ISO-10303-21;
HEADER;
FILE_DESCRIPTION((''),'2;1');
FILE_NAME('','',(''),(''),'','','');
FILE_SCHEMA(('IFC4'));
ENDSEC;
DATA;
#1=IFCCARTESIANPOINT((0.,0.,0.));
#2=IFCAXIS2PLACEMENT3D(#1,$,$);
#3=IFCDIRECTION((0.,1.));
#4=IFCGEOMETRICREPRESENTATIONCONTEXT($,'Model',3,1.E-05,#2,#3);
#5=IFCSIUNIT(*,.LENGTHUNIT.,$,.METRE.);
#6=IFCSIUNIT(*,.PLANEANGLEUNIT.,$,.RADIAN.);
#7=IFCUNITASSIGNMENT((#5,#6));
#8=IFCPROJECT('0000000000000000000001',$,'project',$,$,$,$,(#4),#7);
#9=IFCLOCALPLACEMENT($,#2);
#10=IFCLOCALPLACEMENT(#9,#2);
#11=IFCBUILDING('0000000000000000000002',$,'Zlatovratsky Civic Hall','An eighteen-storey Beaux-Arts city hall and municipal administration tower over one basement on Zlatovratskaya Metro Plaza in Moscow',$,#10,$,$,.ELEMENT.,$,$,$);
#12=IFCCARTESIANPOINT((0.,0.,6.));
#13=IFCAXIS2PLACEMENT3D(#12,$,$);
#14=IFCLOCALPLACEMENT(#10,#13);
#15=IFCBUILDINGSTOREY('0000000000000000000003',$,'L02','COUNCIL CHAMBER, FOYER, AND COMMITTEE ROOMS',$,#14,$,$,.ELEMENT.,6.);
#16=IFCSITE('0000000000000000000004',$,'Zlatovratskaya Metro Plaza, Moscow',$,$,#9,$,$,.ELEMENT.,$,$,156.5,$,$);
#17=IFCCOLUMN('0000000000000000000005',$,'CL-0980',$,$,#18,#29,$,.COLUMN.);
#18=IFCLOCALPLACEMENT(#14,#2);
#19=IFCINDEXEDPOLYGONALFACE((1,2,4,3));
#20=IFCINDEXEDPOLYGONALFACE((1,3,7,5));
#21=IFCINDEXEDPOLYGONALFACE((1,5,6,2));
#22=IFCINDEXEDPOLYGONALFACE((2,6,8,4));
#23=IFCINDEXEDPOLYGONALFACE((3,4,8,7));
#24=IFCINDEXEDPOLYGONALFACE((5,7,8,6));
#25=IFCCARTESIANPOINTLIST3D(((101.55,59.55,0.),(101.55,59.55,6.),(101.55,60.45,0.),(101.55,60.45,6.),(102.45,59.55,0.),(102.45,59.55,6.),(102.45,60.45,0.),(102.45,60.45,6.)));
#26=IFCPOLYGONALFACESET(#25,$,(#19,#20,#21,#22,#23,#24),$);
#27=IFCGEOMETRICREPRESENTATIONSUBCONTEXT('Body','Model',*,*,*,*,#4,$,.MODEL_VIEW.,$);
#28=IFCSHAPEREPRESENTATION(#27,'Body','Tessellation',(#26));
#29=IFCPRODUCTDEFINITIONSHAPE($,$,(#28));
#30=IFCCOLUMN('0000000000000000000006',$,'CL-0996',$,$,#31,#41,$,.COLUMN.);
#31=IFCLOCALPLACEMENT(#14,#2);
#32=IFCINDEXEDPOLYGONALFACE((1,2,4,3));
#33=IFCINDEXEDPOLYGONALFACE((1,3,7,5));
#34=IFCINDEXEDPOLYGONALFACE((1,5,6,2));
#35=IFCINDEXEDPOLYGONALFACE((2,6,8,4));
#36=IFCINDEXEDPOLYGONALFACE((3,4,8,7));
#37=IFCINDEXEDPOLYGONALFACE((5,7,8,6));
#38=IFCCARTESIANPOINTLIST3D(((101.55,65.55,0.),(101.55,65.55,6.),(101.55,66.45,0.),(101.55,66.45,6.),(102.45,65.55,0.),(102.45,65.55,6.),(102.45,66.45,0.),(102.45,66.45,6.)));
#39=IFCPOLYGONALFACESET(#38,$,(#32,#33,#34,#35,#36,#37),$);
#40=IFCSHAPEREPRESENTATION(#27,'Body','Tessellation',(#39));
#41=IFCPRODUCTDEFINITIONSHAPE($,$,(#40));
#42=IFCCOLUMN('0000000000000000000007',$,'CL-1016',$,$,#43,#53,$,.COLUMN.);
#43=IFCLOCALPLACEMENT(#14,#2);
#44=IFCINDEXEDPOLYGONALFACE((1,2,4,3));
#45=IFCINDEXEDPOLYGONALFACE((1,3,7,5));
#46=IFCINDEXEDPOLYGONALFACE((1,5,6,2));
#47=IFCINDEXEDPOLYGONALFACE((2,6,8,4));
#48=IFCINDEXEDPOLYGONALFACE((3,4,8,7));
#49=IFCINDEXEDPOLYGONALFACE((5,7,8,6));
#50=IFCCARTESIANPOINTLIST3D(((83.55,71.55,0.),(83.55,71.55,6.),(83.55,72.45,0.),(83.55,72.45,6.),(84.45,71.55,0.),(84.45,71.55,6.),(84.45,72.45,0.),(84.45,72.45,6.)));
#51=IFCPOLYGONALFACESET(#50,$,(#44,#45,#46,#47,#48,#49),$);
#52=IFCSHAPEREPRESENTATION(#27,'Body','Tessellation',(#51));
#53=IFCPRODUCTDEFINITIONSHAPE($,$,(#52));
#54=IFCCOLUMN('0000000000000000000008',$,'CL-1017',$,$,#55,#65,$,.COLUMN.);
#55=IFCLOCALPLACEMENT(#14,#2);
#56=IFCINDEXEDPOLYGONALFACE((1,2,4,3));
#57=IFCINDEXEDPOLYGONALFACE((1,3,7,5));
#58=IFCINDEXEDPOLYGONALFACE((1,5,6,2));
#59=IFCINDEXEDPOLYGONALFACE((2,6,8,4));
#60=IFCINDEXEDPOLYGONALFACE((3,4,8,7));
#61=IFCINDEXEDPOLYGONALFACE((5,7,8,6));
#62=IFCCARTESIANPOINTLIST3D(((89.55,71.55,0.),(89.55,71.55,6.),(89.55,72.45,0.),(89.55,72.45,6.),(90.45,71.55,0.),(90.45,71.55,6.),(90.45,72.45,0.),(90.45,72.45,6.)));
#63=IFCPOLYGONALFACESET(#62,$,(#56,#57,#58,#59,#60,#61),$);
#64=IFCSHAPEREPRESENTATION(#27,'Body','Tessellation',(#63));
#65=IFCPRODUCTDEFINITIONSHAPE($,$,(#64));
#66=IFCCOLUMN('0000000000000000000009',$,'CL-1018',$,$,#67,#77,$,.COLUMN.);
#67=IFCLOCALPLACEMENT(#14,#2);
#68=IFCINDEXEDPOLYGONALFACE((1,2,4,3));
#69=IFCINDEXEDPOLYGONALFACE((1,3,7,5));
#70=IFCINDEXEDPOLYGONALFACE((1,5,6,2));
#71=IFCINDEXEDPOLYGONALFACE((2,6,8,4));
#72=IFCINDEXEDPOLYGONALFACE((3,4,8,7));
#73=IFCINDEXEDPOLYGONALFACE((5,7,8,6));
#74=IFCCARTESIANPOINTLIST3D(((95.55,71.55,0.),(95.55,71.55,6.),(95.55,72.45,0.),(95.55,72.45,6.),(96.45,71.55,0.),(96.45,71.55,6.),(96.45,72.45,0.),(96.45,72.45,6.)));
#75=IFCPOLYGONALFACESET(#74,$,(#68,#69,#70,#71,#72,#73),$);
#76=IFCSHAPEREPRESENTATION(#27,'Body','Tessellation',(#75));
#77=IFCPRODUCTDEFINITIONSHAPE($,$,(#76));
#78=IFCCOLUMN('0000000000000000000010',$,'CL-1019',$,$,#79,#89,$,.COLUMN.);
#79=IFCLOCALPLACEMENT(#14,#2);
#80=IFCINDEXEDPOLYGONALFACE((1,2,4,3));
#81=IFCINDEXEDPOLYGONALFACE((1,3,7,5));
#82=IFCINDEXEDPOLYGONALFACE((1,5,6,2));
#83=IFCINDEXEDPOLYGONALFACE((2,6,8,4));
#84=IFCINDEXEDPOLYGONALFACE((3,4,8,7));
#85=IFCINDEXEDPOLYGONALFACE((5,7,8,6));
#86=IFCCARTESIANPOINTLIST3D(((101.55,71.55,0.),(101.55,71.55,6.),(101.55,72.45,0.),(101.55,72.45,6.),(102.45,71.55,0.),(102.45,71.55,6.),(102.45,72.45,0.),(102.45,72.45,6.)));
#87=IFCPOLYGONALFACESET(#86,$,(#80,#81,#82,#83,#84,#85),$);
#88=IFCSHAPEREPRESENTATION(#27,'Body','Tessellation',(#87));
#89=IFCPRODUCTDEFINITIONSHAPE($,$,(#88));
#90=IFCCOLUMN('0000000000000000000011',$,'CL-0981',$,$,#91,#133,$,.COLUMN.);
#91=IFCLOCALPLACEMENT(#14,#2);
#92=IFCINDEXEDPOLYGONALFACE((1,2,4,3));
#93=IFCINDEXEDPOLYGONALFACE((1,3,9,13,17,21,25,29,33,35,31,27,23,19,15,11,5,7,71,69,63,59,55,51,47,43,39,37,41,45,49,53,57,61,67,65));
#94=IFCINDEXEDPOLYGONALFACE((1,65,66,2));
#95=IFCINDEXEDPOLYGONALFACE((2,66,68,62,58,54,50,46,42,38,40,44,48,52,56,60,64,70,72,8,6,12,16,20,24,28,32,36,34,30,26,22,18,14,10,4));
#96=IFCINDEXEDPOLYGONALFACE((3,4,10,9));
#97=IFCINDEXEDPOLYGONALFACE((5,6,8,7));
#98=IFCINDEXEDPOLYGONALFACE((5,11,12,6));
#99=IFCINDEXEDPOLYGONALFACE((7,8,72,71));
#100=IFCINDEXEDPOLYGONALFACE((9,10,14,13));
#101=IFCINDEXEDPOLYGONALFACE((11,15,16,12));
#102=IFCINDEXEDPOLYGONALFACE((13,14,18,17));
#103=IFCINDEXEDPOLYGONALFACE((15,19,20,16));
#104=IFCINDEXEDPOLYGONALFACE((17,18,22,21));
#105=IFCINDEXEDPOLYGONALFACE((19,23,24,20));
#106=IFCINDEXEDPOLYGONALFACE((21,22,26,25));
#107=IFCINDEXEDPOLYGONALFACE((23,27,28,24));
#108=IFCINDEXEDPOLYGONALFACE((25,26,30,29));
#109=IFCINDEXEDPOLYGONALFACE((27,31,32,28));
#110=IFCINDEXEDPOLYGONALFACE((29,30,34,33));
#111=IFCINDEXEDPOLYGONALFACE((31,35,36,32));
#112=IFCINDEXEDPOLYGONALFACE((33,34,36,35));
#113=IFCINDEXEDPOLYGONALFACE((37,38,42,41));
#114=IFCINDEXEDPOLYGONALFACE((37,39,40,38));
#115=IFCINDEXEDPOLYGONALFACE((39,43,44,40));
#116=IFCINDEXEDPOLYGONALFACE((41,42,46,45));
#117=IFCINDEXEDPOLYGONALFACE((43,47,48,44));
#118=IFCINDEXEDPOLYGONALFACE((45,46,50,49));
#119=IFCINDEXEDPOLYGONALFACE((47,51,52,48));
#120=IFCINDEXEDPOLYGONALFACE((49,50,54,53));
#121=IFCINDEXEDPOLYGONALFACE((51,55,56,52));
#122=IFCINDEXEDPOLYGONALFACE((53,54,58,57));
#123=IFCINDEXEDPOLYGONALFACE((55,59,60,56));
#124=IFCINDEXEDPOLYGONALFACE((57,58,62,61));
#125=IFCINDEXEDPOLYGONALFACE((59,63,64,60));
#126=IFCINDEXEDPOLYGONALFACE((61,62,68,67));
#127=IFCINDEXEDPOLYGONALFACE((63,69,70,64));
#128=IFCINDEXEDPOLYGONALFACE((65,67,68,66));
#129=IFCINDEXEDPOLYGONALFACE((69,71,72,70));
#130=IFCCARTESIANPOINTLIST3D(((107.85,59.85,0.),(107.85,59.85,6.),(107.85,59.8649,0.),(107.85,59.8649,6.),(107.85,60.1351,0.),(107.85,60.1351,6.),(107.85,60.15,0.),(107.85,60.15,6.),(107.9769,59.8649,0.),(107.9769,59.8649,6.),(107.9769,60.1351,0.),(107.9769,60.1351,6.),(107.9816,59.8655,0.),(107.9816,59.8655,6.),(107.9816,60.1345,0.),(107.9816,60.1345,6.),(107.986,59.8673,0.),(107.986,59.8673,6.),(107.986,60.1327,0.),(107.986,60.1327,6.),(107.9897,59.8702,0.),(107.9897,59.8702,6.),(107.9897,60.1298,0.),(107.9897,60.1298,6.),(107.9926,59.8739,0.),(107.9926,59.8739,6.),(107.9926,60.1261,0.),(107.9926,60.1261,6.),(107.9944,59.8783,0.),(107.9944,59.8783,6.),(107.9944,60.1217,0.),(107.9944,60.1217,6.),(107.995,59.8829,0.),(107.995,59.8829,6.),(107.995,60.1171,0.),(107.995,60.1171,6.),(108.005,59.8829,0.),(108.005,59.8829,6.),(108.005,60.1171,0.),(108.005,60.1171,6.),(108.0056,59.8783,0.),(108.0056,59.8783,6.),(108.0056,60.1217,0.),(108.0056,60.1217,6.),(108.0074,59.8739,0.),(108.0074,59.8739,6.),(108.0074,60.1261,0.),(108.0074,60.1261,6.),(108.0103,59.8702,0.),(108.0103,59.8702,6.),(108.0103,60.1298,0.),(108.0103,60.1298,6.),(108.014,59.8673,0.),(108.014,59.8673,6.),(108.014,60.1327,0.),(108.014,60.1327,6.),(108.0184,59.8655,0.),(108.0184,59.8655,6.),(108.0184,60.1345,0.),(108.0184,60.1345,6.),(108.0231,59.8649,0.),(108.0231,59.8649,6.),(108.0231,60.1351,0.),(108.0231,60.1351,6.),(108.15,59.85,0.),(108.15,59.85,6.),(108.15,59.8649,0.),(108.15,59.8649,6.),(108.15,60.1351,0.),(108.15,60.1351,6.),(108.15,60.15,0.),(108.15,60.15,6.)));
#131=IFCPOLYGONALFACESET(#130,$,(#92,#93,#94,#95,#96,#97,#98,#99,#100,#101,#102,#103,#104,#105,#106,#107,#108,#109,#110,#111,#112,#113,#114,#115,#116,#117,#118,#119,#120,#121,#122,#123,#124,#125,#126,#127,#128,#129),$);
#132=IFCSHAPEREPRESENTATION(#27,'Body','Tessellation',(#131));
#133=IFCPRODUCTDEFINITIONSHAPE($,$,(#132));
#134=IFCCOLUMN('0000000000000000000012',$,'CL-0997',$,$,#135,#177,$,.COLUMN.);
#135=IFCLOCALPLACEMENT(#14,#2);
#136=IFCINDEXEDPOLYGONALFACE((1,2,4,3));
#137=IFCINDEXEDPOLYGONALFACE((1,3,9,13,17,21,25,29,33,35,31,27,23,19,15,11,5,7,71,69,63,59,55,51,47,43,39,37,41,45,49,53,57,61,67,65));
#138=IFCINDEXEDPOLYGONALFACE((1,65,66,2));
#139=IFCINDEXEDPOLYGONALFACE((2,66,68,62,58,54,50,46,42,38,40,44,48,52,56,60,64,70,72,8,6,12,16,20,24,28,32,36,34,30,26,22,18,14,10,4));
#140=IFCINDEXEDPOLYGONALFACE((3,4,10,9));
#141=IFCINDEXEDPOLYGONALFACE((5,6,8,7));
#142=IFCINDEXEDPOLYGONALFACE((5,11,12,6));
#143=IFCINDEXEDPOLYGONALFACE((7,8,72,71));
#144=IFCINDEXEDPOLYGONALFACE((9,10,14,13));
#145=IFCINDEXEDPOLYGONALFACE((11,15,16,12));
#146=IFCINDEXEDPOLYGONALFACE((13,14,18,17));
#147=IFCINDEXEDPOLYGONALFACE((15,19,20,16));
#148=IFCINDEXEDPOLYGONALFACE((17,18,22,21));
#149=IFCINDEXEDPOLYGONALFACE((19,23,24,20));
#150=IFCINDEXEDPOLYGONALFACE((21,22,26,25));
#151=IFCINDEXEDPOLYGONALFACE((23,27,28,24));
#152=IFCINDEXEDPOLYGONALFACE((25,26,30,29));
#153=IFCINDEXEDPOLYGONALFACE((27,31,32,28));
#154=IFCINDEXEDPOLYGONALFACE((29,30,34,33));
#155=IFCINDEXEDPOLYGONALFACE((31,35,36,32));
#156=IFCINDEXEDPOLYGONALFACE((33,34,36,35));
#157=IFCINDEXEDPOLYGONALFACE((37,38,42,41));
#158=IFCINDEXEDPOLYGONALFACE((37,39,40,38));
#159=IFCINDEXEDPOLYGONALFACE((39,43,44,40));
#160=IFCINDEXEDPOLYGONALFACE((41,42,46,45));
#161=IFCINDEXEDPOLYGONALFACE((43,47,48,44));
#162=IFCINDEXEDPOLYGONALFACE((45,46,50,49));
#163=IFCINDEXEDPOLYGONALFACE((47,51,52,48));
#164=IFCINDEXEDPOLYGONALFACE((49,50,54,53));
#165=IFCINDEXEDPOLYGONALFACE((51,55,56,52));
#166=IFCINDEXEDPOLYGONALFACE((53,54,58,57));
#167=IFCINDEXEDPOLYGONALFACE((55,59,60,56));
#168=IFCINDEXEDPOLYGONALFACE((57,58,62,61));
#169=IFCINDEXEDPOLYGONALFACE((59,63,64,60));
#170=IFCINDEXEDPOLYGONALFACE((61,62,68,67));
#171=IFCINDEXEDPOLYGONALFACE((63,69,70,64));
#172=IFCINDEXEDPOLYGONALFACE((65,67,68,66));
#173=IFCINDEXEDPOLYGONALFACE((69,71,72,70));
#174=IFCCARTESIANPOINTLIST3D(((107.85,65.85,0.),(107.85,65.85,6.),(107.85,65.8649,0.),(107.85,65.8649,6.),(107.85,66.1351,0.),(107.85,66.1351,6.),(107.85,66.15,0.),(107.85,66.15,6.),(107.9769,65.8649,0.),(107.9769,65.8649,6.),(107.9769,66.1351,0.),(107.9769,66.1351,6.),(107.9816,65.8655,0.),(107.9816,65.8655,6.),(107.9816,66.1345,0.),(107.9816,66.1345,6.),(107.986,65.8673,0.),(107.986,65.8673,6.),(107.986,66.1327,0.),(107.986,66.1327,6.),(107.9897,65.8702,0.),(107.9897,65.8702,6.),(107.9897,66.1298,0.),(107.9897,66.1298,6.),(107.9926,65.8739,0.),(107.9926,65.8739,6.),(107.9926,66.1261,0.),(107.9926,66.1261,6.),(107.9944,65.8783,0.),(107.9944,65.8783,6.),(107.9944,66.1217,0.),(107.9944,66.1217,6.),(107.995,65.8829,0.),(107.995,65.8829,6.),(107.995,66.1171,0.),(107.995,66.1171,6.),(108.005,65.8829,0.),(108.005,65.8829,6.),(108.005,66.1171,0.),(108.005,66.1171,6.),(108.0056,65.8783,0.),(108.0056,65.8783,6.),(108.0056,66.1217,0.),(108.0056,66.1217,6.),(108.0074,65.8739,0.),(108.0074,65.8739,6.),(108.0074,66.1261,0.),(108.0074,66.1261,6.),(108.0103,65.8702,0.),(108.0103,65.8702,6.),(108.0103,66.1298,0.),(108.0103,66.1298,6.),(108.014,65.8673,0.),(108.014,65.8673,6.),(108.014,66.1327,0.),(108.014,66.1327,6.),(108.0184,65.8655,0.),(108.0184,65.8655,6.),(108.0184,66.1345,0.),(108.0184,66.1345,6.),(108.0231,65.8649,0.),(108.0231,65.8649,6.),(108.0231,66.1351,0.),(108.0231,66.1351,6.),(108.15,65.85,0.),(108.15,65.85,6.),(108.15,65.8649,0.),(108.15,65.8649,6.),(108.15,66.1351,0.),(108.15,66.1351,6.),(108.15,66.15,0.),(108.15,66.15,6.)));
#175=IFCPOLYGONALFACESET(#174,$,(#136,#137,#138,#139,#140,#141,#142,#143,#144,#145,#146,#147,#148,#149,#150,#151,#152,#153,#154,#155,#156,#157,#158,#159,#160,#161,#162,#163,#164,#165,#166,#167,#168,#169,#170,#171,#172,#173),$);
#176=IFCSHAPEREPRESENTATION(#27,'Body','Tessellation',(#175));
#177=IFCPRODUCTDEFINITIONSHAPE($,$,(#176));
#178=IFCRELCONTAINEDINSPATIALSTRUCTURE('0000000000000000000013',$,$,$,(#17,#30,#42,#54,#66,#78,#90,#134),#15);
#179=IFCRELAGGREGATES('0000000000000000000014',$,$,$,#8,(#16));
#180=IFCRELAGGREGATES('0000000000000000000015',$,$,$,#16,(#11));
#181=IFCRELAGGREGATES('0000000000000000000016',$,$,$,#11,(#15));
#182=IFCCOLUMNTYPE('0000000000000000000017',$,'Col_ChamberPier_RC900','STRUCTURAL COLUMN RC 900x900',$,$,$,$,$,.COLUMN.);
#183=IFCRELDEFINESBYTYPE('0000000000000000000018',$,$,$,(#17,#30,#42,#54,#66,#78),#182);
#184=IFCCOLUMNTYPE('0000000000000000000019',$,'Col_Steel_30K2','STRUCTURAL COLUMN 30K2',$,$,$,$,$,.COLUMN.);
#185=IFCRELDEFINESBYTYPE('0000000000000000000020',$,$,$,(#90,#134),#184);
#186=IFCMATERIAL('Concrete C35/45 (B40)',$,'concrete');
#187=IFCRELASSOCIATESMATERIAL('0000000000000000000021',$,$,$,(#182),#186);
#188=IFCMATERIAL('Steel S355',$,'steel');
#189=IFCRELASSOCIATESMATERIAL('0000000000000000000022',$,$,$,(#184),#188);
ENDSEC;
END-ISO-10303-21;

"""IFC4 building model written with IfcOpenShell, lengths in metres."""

from ifc_helpers import new_model, si_unit, direction, frame, origin, origin_2d, place, context, subcontext, project, spatial, rectangle, i_section, extrude, material, material_profile, profile_set, type_object, element, save


model = new_model("IFC4")

# Units and contexts
model_context = context("Model", 3, precision=1e-05, world=origin(), true_north=direction((0.0, 1.0)))
body_context = subcontext(model_context, "Body", "Model", "MODEL_VIEW")
ifc_project = project(units=[si_unit("LENGTHUNIT", "METRE"), si_unit("PLANEANGLEUNIT", "RADIAN")], contexts=[model_context])

# Site, building, storey
site_placement = place(None, origin())
site = spatial("IfcSite", under=ifc_project, at=site_placement, Name="Zlatovratskaya Metro Plaza, Moscow", CompositionType="ELEMENT", RefElevation=156.5)
building_placement = place(site_placement, origin())
building = spatial("IfcBuilding", under=site, at=building_placement, Name="Zlatovratsky Civic Hall", Description="An eighteen-storey Beaux-Arts city hall and municipal administration tower over one basement on Zlatovratskaya Metro Plaza in Moscow", CompositionType="ELEMENT")
storey_placement = place(building_placement, frame((0.0, 0.0, 6.0)))
storey = spatial("IfcBuildingStorey", under=building, at=storey_placement, Name="L02", Description="COUNCIL CHAMBER, FOYER, AND COMMITTEE ROOMS", CompositionType="ELEMENT", Elevation=6.0)

# Columns
ifc_material_1 = material(Name="Concrete C35/45 (B40)", Category="concrete")
ifc_material_profile_1 = material_profile(ifc_material_1, rectangle(XDim=0.8999, YDim=0.8999, at=origin_2d()), Name="RC 900x900")
ifc_profile_set_1 = profile_set([ifc_material_profile_1], Name="Concrete C35/45 (B40)")
column_type_1 = type_object("IfcColumnType", Name="Col_ChamberPier_RC900", Description="STRUCTURAL COLUMN RC 900x900", PredefinedType="COLUMN", material=ifc_profile_set_1)
for number, where, z_axis, x_axis, name in (
    (1, (102.0, 60.0, 0.0), (0.0, 0.0, 1.0), (1.0, 0.0, 0.0), "CL-0980"),
    (2, (102.0, 66.0, 0.0), (0.0, 0.0, 1.0), (1.0, 0.0, 0.0), "CL-0996"),
    (3, (84.0, 72.0, 0.0), (0.0, 0.0, 1.0), (1.0, 0.0, 0.0), "CL-1016"),
    (4, (90.0, 72.0, 0.0), (0.0, 0.0, 1.0), (1.0, 0.0, 0.0), "CL-1017"),
    (5, (96.0, 72.0, 0.0), (0.0, 0.0, 1.0), (1.0, 0.0, 0.0), "CL-1018"),
    (6, (102.0, 72.0, 0.0), (0.0, 0.0, 1.0), (1.0, 0.0, 0.0), "CL-1019"),
):
    element("IfcColumn", number, at=place(storey_placement, frame(where, z_axis=z_axis, x_axis=x_axis)), inside=storey, type_object=column_type_1, Name=name, PredefinedType="COLUMN", context=body_context, shape_type="SweptSolid", body=[
        extrude(rectangle(XDim=0.8999, YDim=0.8999, at=origin_2d()), origin(), (0.0, 0.0, 1.0), 6.0),
    ])
ifc_material_2 = material(Name="Steel S355", Category="steel")
ifc_material_profile_2 = material_profile(ifc_material_2, i_section(OverallWidth=0.3, OverallDepth=0.3, WebThickness=0.01, FlangeThickness=0.0149, FilletRadius=0.0181, at=origin_2d()), Name="30K2")
ifc_profile_set_2 = profile_set([ifc_material_profile_2], Name="Steel S355")
column_type_2 = type_object("IfcColumnType", Name="Col_Steel_30K2", Description="STRUCTURAL COLUMN 30K2", PredefinedType="COLUMN", material=ifc_profile_set_2)
for number, where, z_axis, x_axis, name in (
    (7, (108.0, 60.0, 0.0), (0.0, 0.0, 1.0), (1.0, 0.0, 0.0), "CL-0981"),
    (8, (108.0, 66.0, 0.0), (0.0, 0.0, 1.0), (1.0, 0.0, 0.0), "CL-0997"),
):
    element("IfcColumn", number, at=place(storey_placement, frame(where, z_axis=z_axis, x_axis=x_axis)), inside=storey, type_object=column_type_2, Name=name, PredefinedType="COLUMN", context=body_context, shape_type="SweptSolid", body=[
        extrude(i_section(OverallWidth=0.3, OverallDepth=0.3, WebThickness=0.01, FlangeThickness=0.0149, FilletRadius=0.0181, at=origin_2d()), origin(), (0.0, 0.0, 1.0), 6.0),
    ])

save(model, "model.ifc")
